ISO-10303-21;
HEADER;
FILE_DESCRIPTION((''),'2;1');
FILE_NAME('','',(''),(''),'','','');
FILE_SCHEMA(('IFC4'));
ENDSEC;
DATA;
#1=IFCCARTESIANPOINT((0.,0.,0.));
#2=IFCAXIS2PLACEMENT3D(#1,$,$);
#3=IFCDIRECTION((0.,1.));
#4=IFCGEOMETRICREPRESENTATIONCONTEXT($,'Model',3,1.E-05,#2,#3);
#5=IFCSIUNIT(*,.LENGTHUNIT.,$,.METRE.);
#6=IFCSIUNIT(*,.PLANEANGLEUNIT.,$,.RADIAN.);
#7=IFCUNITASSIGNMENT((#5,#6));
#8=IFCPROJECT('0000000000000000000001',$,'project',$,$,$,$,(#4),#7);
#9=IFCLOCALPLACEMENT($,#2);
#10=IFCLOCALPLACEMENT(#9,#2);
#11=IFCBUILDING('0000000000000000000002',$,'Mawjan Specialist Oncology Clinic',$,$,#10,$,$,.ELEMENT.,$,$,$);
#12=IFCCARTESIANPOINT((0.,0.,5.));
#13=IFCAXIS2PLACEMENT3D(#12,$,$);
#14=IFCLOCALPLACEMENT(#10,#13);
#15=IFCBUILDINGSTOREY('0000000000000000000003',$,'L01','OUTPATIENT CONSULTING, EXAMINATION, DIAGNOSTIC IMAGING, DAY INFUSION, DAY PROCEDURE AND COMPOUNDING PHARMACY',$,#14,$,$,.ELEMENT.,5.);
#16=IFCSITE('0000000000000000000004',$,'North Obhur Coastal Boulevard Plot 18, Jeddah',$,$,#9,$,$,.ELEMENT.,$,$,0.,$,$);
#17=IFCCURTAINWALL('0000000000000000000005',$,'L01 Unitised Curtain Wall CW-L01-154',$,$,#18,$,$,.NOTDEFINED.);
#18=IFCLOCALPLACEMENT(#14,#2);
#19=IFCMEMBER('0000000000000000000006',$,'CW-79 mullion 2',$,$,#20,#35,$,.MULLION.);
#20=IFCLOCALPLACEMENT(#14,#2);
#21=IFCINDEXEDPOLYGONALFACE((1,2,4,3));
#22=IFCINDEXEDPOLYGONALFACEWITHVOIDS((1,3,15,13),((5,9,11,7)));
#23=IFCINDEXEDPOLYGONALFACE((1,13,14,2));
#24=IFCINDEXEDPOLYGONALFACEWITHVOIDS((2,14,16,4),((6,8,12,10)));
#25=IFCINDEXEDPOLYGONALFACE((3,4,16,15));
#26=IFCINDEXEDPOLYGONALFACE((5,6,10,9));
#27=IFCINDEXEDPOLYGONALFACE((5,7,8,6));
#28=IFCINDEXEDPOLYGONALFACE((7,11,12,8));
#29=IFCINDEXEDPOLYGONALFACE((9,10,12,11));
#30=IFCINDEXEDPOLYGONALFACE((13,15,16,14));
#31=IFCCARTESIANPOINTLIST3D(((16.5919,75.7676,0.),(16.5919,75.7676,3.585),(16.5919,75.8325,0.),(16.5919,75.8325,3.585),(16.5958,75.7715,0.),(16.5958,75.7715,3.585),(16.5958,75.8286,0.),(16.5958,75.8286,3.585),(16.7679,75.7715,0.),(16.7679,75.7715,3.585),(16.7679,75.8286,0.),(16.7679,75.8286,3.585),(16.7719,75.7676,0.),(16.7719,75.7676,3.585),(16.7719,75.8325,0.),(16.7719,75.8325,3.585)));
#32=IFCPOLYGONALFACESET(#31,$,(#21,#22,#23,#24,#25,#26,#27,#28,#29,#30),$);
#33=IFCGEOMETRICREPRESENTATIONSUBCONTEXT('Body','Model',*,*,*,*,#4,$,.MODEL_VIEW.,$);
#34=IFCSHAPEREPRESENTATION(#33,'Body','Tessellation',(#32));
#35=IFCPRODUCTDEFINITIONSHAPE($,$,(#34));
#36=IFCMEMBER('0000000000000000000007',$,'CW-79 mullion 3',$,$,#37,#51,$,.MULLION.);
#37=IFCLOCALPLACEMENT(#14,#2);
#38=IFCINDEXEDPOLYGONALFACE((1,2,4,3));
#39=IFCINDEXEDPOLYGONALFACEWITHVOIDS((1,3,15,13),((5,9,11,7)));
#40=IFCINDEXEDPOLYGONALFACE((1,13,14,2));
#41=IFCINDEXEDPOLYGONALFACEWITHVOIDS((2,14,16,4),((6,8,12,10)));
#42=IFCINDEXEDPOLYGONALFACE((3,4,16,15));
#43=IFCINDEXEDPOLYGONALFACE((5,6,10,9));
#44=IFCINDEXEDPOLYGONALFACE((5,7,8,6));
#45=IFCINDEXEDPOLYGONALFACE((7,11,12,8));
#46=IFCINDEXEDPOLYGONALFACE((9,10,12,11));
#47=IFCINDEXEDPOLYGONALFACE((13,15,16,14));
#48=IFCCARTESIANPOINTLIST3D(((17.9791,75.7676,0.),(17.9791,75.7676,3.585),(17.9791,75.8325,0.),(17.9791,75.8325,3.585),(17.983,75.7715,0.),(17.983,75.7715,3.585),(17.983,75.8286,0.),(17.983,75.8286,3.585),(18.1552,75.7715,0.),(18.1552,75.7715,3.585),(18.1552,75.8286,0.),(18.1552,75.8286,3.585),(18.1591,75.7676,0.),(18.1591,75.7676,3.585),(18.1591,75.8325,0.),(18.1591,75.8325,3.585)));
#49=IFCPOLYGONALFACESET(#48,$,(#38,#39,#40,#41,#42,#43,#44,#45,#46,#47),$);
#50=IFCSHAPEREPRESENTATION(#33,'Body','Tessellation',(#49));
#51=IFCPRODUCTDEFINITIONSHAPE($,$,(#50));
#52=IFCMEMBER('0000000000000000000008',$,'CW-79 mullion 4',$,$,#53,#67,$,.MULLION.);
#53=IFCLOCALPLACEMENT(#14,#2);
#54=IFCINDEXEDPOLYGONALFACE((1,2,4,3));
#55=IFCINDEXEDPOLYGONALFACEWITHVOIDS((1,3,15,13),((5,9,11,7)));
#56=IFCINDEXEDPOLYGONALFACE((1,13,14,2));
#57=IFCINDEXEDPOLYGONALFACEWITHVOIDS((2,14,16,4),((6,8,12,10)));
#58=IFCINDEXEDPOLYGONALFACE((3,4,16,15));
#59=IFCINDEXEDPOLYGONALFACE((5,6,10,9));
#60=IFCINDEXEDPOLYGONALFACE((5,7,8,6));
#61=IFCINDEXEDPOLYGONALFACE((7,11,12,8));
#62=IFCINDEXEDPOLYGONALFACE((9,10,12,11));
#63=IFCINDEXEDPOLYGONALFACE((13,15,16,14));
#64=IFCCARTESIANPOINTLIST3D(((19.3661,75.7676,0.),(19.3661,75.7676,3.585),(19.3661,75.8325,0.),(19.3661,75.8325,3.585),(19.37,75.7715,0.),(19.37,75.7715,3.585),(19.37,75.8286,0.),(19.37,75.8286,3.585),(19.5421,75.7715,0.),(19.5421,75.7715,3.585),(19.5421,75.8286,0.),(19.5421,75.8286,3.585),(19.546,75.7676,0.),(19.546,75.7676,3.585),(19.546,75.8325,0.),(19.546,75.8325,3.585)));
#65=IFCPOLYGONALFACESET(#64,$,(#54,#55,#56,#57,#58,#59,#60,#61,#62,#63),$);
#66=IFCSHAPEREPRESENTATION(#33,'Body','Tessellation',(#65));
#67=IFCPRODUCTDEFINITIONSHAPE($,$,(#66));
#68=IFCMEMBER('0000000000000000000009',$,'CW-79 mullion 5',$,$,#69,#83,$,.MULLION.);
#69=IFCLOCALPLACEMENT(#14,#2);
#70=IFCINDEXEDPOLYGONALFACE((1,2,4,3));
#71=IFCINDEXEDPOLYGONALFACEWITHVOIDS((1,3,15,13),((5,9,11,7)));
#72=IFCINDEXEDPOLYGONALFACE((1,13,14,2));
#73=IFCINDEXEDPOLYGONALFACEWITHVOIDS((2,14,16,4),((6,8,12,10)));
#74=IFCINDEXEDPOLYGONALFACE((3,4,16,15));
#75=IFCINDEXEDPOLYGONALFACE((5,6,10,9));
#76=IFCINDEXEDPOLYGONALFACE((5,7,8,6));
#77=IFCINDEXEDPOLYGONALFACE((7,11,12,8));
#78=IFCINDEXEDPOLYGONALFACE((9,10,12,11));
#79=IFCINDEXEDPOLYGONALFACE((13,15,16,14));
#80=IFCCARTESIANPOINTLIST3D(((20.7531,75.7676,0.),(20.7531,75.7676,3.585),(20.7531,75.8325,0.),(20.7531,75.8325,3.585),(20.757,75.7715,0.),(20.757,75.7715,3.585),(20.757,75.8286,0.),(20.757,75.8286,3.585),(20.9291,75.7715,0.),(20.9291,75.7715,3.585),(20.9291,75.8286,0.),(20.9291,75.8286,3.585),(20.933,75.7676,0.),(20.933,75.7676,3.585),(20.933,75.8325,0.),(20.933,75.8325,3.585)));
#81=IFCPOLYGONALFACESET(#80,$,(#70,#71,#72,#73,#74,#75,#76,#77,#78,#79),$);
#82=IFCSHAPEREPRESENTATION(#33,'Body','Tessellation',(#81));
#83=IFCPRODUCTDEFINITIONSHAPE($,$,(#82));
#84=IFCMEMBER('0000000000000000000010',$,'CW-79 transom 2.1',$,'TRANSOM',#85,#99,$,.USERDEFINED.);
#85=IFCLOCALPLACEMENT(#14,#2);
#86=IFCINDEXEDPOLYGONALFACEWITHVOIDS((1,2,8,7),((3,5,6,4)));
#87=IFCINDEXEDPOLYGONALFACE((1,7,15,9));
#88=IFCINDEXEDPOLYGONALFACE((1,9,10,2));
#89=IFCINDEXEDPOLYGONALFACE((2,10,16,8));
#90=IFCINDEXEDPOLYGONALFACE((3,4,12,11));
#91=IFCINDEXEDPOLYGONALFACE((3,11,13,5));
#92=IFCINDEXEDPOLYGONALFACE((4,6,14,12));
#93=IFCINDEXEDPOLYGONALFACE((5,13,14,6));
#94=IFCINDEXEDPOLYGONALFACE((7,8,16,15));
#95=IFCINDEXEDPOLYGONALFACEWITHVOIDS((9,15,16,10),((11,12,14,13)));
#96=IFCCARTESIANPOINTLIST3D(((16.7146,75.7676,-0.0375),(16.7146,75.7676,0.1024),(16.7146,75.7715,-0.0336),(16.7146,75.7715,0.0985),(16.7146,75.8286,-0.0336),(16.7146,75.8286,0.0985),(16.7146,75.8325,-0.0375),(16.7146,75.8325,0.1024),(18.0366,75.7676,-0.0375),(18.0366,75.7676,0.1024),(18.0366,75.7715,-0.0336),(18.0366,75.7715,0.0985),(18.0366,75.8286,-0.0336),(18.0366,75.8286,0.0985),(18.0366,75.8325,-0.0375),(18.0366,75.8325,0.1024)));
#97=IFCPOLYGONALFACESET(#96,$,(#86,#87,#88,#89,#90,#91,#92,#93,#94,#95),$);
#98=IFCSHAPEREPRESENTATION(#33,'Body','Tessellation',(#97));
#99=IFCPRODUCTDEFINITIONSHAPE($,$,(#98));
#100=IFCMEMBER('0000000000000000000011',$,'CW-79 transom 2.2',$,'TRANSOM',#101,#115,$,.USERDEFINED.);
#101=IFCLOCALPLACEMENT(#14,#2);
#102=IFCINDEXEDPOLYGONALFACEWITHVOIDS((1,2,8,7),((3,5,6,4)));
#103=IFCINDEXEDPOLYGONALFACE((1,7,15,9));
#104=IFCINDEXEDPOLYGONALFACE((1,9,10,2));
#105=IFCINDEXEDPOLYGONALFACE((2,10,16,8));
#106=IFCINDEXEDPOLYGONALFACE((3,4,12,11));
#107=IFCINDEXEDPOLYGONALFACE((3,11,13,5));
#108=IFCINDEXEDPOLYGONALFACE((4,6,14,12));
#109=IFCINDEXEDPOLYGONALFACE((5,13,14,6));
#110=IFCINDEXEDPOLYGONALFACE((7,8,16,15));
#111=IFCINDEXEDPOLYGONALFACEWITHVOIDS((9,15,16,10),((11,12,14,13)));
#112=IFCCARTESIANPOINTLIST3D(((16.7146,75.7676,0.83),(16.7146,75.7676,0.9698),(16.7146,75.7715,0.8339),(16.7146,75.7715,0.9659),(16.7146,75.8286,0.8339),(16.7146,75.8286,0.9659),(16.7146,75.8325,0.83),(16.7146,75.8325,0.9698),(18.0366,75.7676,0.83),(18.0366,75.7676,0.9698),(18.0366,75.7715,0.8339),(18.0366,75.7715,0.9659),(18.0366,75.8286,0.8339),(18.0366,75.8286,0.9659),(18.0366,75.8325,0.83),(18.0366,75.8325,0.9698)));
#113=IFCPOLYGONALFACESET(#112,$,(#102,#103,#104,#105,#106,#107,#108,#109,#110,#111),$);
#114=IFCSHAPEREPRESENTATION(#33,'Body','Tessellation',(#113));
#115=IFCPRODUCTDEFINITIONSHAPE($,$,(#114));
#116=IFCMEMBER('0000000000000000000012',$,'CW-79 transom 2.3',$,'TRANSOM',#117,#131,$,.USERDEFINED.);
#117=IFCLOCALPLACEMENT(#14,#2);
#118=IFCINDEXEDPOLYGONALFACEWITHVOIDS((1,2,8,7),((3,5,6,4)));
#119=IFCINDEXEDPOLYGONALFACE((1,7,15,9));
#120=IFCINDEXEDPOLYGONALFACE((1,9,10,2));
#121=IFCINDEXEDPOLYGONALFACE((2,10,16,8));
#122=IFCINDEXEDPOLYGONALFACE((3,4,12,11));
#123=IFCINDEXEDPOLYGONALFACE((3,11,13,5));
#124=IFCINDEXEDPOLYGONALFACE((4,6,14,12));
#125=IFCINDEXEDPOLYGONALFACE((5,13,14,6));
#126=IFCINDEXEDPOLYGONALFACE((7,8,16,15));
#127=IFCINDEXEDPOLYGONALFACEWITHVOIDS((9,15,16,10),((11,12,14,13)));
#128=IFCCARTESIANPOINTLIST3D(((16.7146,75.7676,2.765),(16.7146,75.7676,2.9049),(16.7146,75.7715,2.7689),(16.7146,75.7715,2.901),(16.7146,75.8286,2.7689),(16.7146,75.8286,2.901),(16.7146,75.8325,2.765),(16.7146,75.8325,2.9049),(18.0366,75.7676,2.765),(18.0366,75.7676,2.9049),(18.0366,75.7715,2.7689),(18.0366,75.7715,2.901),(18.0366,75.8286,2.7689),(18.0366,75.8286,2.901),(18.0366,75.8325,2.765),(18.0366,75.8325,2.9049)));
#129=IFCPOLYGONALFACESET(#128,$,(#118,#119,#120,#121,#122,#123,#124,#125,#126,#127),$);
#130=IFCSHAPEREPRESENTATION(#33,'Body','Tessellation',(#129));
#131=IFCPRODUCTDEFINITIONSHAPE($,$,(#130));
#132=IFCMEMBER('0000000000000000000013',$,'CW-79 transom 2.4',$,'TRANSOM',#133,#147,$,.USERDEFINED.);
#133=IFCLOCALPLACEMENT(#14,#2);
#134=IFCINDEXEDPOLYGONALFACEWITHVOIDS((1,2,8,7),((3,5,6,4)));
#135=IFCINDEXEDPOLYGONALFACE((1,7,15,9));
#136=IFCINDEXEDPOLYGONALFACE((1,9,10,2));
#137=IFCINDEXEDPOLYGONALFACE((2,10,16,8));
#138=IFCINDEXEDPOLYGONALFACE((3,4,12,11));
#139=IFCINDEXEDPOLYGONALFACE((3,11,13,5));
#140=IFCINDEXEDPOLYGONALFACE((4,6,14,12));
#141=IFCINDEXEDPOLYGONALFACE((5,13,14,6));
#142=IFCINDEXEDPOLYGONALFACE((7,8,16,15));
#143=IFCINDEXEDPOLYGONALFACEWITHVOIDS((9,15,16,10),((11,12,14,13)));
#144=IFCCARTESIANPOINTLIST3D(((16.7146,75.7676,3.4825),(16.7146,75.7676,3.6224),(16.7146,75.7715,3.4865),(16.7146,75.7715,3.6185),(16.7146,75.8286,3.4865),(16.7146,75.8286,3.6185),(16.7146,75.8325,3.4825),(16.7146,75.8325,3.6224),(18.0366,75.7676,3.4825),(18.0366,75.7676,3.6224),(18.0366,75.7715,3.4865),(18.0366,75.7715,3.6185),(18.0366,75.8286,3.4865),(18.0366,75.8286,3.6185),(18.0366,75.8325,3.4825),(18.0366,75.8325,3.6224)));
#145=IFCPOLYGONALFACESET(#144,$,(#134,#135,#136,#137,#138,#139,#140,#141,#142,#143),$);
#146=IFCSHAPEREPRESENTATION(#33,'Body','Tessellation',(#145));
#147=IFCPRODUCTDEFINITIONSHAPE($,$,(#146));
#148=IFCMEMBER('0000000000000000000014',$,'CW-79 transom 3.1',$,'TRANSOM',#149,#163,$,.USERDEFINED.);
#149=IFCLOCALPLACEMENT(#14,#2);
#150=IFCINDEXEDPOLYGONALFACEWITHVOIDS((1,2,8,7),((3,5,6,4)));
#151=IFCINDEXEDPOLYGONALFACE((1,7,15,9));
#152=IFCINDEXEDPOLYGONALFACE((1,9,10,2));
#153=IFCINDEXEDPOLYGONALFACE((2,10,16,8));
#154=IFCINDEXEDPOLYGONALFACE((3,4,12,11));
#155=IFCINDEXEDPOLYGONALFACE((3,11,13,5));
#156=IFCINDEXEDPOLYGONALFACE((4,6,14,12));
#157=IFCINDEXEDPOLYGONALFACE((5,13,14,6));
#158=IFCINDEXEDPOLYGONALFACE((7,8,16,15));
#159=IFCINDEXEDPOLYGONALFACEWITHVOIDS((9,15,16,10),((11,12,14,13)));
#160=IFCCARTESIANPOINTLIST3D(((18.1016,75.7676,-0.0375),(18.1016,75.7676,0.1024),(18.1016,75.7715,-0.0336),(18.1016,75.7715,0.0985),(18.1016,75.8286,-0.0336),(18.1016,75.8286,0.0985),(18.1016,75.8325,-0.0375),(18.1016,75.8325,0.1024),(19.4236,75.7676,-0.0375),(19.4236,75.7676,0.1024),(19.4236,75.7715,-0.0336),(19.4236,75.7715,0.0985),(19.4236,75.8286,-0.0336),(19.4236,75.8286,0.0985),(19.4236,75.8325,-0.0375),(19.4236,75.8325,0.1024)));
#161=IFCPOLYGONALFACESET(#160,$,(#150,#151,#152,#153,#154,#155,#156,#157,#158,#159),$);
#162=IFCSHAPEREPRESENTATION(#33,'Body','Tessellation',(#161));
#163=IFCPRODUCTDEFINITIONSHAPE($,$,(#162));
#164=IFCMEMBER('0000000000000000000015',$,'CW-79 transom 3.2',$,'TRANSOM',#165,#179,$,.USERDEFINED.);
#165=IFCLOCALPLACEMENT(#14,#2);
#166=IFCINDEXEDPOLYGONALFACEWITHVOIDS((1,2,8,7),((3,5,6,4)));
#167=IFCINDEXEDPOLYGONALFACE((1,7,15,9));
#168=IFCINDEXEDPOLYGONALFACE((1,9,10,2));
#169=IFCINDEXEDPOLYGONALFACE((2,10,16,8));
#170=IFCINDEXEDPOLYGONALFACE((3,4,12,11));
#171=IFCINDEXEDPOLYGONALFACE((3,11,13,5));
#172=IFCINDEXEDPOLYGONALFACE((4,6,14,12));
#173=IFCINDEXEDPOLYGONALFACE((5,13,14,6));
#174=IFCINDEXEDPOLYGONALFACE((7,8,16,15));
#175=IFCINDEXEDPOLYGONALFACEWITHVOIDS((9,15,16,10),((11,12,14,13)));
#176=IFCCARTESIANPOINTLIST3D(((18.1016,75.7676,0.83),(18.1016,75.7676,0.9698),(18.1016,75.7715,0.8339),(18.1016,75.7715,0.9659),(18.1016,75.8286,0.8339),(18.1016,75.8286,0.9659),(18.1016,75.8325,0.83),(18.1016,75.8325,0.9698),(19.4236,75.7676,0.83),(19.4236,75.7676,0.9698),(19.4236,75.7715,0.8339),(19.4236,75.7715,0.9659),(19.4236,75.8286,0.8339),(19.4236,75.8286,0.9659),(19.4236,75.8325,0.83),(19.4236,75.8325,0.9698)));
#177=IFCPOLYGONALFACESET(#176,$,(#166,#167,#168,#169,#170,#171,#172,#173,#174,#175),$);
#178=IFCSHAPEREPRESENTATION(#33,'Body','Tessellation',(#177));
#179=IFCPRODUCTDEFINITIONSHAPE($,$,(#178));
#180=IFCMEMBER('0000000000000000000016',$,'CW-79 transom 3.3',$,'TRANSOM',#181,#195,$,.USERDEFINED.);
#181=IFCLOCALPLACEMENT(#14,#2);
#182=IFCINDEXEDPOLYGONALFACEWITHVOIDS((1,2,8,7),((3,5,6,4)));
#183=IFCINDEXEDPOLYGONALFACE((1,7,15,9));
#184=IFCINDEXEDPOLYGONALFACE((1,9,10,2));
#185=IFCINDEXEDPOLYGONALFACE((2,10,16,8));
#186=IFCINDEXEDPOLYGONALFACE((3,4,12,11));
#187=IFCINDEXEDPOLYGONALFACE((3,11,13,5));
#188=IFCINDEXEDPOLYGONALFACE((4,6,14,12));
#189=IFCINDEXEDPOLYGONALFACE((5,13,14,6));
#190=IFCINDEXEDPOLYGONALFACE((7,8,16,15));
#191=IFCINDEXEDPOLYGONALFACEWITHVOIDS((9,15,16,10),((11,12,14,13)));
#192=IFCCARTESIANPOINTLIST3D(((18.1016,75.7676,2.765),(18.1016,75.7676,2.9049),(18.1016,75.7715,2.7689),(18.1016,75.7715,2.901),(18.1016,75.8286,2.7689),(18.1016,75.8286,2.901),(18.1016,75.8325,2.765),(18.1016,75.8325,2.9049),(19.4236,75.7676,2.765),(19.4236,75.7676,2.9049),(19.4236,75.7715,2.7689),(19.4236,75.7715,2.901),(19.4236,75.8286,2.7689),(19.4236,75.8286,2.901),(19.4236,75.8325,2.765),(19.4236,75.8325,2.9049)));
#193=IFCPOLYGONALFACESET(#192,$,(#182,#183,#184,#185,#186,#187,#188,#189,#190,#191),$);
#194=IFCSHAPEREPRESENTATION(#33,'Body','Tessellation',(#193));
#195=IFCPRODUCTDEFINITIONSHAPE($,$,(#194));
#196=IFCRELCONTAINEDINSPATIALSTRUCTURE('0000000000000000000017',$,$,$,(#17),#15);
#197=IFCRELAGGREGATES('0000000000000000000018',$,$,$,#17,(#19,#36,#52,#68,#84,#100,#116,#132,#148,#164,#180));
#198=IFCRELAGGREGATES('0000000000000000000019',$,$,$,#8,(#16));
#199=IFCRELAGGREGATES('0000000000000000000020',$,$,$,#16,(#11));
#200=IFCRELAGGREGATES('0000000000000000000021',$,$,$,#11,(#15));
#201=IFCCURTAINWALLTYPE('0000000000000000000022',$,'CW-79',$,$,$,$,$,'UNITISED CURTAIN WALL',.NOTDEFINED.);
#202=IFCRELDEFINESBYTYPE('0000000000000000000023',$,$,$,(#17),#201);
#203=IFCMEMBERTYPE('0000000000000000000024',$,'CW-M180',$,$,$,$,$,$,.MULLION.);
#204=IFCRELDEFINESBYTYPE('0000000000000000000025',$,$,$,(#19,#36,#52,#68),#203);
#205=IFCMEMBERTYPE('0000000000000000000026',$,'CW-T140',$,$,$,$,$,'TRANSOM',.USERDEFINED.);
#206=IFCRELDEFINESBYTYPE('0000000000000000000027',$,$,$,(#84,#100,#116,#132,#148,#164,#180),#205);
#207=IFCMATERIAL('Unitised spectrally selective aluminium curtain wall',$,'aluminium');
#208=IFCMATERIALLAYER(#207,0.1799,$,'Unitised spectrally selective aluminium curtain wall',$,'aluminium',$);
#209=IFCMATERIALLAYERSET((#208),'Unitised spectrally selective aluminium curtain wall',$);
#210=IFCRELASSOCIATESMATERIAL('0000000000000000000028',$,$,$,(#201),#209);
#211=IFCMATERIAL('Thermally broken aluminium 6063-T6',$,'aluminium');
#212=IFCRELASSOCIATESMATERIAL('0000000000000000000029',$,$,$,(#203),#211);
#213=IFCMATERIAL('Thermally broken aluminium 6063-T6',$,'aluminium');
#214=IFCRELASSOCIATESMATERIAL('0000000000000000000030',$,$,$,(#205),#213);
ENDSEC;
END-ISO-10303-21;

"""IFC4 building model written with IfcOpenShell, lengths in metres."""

from ifc_helpers import new_model, si_unit, direction, frame, origin, origin_2d, place, context, subcontext, project, spatial, hollow_rectangle, extrude, material, layer, layer_set, material_profile, profile_set, type_object, element, aggregate, save


model = new_model("IFC4")

# Units and contexts
model_context = context("Model", 3, precision=1e-05, world=origin(), true_north=direction((0.0, 1.0)))
body_context = subcontext(model_context, "Body", "Model", "MODEL_VIEW")
ifc_project = project(units=[si_unit("LENGTHUNIT", "METRE"), si_unit("PLANEANGLEUNIT", "RADIAN")], contexts=[model_context])

# Site, building, storey
site_placement = place(None, origin())
site = spatial("IfcSite", under=ifc_project, at=site_placement, Name="North Obhur Coastal Boulevard Plot 18, Jeddah", CompositionType="ELEMENT", RefElevation=0.0)
building_placement = place(site_placement, origin())
building = spatial("IfcBuilding", under=site, at=building_placement, Name="Mawjan Specialist Oncology Clinic", CompositionType="ELEMENT")
storey_placement = place(building_placement, frame((0.0, 0.0, 5.0)))
storey = spatial("IfcBuildingStorey", under=building, at=storey_placement, Name="L01", Description="OUTPATIENT CONSULTING, EXAMINATION, DIAGNOSTIC IMAGING, DAY INFUSION, DAY PROCEDURE AND COMPOUNDING PHARMACY", CompositionType="ELEMENT", Elevation=5.0)

# Curtain wall, members
ifc_material_1 = material(Name="Unitised spectrally selective aluminium curtain wall", Category="aluminium")
ifc_layer_1 = layer(ifc_material_1, 0.1799, Name="Unitised spectrally selective aluminium curtain wall", Category="aluminium")
ifc_layer_set_1 = layer_set([ifc_layer_1], Name="Unitised spectrally selective aluminium curtain wall")
curtain_wall_type = type_object("IfcCurtainWallType", Name="CW-79", ElementType="UNITISED CURTAIN WALL", PredefinedType="NOTDEFINED", material=ifc_layer_set_1)
curtain_wall_placement = place(storey_placement, origin())
curtain_wall = element("IfcCurtainWall", 1, at=curtain_wall_placement, inside=storey, type_object=curtain_wall_type, Name="L01 Unitised Curtain Wall CW-L01-154", PredefinedType="NOTDEFINED")
ifc_material_2 = material(Name="Thermally broken aluminium 6063-T6", Category="aluminium")
ifc_material_profile_1 = material_profile(ifc_material_2, hollow_rectangle(XDim=0.0649, YDim=0.1799, WallThickness=0.0039, at=origin_2d()), Name="ALU MULLION 180x65x4", Category="aluminium")
ifc_profile_set_1 = profile_set([ifc_material_profile_1], Name="Thermally broken aluminium 6063-T6")
member_type_1 = type_object("IfcMemberType", Name="CW-M180", PredefinedType="MULLION", material=ifc_profile_set_1)
member_1_placement = place(storey_placement, frame((16.6819, 75.8, 0.0), z_axis=(0.0, 0.0, 1.0), x_axis=(0.0, 1.0, 0.0)))
member_1 = element("IfcMember", 2, at=member_1_placement, type_object=member_type_1, Name="CW-79 mullion 2", PredefinedType="MULLION", context=body_context, shape_type="SweptSolid", body=[
    extrude(hollow_rectangle(XDim=0.0649, YDim=0.1799, WallThickness=0.0039, at=origin_2d()), origin(), (0.0, 0.0, 1.0), 3.585),
])
member_2_placement = place(storey_placement, frame((18.0691, 75.8, 0.0), z_axis=(0.0, 0.0, 1.0), x_axis=(0.0, 1.0, 0.0)))
member_2 = element("IfcMember", 3, at=member_2_placement, type_object=member_type_1, Name="CW-79 mullion 3", PredefinedType="MULLION", context=body_context, shape_type="SweptSolid", body=[
    extrude(hollow_rectangle(XDim=0.0649, YDim=0.1799, WallThickness=0.0039, at=origin_2d()), origin(), (0.0, 0.0, 1.0), 3.585),
])
member_3_placement = place(storey_placement, frame((19.4561, 75.8, 0.0), z_axis=(0.0, 0.0, 1.0), x_axis=(0.0, 1.0, 0.0)))
member_3 = element("IfcMember", 4, at=member_3_placement, type_object=member_type_1, Name="CW-79 mullion 4", PredefinedType="MULLION", context=body_context, shape_type="SweptSolid", body=[
    extrude(hollow_rectangle(XDim=0.0649, YDim=0.1799, WallThickness=0.0039, at=origin_2d()), origin(), (0.0, 0.0, 1.0), 3.585),
])
member_4_placement = place(storey_placement, frame((20.843, 75.8, 0.0), z_axis=(0.0, 0.0, 1.0), x_axis=(0.0, 1.0, 0.0)))
member_4 = element("IfcMember", 5, at=member_4_placement, type_object=member_type_1, Name="CW-79 mullion 5", PredefinedType="MULLION", context=body_context, shape_type="SweptSolid", body=[
    extrude(hollow_rectangle(XDim=0.0649, YDim=0.1799, WallThickness=0.0039, at=origin_2d()), origin(), (0.0, 0.0, 1.0), 3.585),
])
ifc_material_3 = material(Name="Thermally broken aluminium 6063-T6", Category="aluminium")
ifc_material_profile_2 = material_profile(ifc_material_3, hollow_rectangle(XDim=0.0649, YDim=0.1399, WallThickness=0.0039, at=origin_2d()), Name="ALU TRANSOM 140x65x4", Category="aluminium")
ifc_profile_set_2 = profile_set([ifc_material_profile_2], Name="Thermally broken aluminium 6063-T6")
member_type_2 = type_object("IfcMemberType", Name="CW-T140", ElementType="TRANSOM", PredefinedType="USERDEFINED", material=ifc_profile_set_2)
member_5_placement = place(storey_placement, frame((16.7146, 75.8, 0.0325), z_axis=(1.0, 0.0, 0.0), x_axis=(0.0, 1.0, 0.0)))
member_5 = element("IfcMember", 6, at=member_5_placement, type_object=member_type_2, Name="CW-79 transom 2.1", ObjectType="TRANSOM", PredefinedType="USERDEFINED", context=body_context, shape_type="SweptSolid", body=[
    extrude(hollow_rectangle(XDim=0.0649, YDim=0.1399, WallThickness=0.0039, at=origin_2d()), origin(), (0.0, 0.0, 1.0), 1.322),
])
member_6_placement = place(storey_placement, frame((16.7146, 75.8, 0.8999), z_axis=(1.0, 0.0, 0.0), x_axis=(0.0, 1.0, 0.0)))
member_6 = element("IfcMember", 7, at=member_6_placement, type_object=member_type_2, Name="CW-79 transom 2.2", ObjectType="TRANSOM", PredefinedType="USERDEFINED", context=body_context, shape_type="SweptSolid", body=[
    extrude(hollow_rectangle(XDim=0.0649, YDim=0.1399, WallThickness=0.0039, at=origin_2d()), origin(), (0.0, 0.0, 1.0), 1.322),
])
member_7_placement = place(storey_placement, frame((16.7146, 75.8, 2.835), z_axis=(1.0, 0.0, 0.0), x_axis=(0.0, 1.0, 0.0)))
member_7 = element("IfcMember", 8, at=member_7_placement, type_object=member_type_2, Name="CW-79 transom 2.3", ObjectType="TRANSOM", PredefinedType="USERDEFINED", context=body_context, shape_type="SweptSolid", body=[
    extrude(hollow_rectangle(XDim=0.0649, YDim=0.1399, WallThickness=0.0039, at=origin_2d()), origin(), (0.0, 0.0, 1.0), 1.322),
])
member_8_placement = place(storey_placement, frame((16.7146, 75.8, 3.5525), z_axis=(1.0, 0.0, 0.0), x_axis=(0.0, 1.0, 0.0)))
member_8 = element("IfcMember", 9, at=member_8_placement, type_object=member_type_2, Name="CW-79 transom 2.4", ObjectType="TRANSOM", PredefinedType="USERDEFINED", context=body_context, shape_type="SweptSolid", body=[
    extrude(hollow_rectangle(XDim=0.0649, YDim=0.1399, WallThickness=0.0039, at=origin_2d()), origin(), (0.0, 0.0, 1.0), 1.322),
])
member_9_placement = place(storey_placement, frame((18.1016, 75.8, 0.0325), z_axis=(1.0, 0.0, 0.0), x_axis=(0.0, 1.0, 0.0)))
member_9 = element("IfcMember", 10, at=member_9_placement, type_object=member_type_2, Name="CW-79 transom 3.1", ObjectType="TRANSOM", PredefinedType="USERDEFINED", context=body_context, shape_type="SweptSolid", body=[
    extrude(hollow_rectangle(XDim=0.0649, YDim=0.1399, WallThickness=0.0039, at=origin_2d()), origin(), (0.0, 0.0, 1.0), 1.322),
])
member_10_placement = place(storey_placement, frame((18.1016, 75.8, 0.8999), z_axis=(1.0, 0.0, 0.0), x_axis=(0.0, 1.0, 0.0)))
member_10 = element("IfcMember", 11, at=member_10_placement, type_object=member_type_2, Name="CW-79 transom 3.2", ObjectType="TRANSOM", PredefinedType="USERDEFINED", context=body_context, shape_type="SweptSolid", body=[
    extrude(hollow_rectangle(XDim=0.0649, YDim=0.1399, WallThickness=0.0039, at=origin_2d()), origin(), (0.0, 0.0, 1.0), 1.322),
])
member_11_placement = place(storey_placement, frame((18.1016, 75.8, 2.835), z_axis=(1.0, 0.0, 0.0), x_axis=(0.0, 1.0, 0.0)))
member_11 = element("IfcMember", 12, at=member_11_placement, type_object=member_type_2, Name="CW-79 transom 3.3", ObjectType="TRANSOM", PredefinedType="USERDEFINED", context=body_context, shape_type="SweptSolid", body=[
    extrude(hollow_rectangle(XDim=0.0649, YDim=0.1399, WallThickness=0.0039, at=origin_2d()), origin(), (0.0, 0.0, 1.0), 1.322),
])
aggregate(curtain_wall, [member_1, member_2, member_3, member_4, member_5, member_6, member_7, member_8, member_9, member_10, member_11])

save(model, "model.ifc")
